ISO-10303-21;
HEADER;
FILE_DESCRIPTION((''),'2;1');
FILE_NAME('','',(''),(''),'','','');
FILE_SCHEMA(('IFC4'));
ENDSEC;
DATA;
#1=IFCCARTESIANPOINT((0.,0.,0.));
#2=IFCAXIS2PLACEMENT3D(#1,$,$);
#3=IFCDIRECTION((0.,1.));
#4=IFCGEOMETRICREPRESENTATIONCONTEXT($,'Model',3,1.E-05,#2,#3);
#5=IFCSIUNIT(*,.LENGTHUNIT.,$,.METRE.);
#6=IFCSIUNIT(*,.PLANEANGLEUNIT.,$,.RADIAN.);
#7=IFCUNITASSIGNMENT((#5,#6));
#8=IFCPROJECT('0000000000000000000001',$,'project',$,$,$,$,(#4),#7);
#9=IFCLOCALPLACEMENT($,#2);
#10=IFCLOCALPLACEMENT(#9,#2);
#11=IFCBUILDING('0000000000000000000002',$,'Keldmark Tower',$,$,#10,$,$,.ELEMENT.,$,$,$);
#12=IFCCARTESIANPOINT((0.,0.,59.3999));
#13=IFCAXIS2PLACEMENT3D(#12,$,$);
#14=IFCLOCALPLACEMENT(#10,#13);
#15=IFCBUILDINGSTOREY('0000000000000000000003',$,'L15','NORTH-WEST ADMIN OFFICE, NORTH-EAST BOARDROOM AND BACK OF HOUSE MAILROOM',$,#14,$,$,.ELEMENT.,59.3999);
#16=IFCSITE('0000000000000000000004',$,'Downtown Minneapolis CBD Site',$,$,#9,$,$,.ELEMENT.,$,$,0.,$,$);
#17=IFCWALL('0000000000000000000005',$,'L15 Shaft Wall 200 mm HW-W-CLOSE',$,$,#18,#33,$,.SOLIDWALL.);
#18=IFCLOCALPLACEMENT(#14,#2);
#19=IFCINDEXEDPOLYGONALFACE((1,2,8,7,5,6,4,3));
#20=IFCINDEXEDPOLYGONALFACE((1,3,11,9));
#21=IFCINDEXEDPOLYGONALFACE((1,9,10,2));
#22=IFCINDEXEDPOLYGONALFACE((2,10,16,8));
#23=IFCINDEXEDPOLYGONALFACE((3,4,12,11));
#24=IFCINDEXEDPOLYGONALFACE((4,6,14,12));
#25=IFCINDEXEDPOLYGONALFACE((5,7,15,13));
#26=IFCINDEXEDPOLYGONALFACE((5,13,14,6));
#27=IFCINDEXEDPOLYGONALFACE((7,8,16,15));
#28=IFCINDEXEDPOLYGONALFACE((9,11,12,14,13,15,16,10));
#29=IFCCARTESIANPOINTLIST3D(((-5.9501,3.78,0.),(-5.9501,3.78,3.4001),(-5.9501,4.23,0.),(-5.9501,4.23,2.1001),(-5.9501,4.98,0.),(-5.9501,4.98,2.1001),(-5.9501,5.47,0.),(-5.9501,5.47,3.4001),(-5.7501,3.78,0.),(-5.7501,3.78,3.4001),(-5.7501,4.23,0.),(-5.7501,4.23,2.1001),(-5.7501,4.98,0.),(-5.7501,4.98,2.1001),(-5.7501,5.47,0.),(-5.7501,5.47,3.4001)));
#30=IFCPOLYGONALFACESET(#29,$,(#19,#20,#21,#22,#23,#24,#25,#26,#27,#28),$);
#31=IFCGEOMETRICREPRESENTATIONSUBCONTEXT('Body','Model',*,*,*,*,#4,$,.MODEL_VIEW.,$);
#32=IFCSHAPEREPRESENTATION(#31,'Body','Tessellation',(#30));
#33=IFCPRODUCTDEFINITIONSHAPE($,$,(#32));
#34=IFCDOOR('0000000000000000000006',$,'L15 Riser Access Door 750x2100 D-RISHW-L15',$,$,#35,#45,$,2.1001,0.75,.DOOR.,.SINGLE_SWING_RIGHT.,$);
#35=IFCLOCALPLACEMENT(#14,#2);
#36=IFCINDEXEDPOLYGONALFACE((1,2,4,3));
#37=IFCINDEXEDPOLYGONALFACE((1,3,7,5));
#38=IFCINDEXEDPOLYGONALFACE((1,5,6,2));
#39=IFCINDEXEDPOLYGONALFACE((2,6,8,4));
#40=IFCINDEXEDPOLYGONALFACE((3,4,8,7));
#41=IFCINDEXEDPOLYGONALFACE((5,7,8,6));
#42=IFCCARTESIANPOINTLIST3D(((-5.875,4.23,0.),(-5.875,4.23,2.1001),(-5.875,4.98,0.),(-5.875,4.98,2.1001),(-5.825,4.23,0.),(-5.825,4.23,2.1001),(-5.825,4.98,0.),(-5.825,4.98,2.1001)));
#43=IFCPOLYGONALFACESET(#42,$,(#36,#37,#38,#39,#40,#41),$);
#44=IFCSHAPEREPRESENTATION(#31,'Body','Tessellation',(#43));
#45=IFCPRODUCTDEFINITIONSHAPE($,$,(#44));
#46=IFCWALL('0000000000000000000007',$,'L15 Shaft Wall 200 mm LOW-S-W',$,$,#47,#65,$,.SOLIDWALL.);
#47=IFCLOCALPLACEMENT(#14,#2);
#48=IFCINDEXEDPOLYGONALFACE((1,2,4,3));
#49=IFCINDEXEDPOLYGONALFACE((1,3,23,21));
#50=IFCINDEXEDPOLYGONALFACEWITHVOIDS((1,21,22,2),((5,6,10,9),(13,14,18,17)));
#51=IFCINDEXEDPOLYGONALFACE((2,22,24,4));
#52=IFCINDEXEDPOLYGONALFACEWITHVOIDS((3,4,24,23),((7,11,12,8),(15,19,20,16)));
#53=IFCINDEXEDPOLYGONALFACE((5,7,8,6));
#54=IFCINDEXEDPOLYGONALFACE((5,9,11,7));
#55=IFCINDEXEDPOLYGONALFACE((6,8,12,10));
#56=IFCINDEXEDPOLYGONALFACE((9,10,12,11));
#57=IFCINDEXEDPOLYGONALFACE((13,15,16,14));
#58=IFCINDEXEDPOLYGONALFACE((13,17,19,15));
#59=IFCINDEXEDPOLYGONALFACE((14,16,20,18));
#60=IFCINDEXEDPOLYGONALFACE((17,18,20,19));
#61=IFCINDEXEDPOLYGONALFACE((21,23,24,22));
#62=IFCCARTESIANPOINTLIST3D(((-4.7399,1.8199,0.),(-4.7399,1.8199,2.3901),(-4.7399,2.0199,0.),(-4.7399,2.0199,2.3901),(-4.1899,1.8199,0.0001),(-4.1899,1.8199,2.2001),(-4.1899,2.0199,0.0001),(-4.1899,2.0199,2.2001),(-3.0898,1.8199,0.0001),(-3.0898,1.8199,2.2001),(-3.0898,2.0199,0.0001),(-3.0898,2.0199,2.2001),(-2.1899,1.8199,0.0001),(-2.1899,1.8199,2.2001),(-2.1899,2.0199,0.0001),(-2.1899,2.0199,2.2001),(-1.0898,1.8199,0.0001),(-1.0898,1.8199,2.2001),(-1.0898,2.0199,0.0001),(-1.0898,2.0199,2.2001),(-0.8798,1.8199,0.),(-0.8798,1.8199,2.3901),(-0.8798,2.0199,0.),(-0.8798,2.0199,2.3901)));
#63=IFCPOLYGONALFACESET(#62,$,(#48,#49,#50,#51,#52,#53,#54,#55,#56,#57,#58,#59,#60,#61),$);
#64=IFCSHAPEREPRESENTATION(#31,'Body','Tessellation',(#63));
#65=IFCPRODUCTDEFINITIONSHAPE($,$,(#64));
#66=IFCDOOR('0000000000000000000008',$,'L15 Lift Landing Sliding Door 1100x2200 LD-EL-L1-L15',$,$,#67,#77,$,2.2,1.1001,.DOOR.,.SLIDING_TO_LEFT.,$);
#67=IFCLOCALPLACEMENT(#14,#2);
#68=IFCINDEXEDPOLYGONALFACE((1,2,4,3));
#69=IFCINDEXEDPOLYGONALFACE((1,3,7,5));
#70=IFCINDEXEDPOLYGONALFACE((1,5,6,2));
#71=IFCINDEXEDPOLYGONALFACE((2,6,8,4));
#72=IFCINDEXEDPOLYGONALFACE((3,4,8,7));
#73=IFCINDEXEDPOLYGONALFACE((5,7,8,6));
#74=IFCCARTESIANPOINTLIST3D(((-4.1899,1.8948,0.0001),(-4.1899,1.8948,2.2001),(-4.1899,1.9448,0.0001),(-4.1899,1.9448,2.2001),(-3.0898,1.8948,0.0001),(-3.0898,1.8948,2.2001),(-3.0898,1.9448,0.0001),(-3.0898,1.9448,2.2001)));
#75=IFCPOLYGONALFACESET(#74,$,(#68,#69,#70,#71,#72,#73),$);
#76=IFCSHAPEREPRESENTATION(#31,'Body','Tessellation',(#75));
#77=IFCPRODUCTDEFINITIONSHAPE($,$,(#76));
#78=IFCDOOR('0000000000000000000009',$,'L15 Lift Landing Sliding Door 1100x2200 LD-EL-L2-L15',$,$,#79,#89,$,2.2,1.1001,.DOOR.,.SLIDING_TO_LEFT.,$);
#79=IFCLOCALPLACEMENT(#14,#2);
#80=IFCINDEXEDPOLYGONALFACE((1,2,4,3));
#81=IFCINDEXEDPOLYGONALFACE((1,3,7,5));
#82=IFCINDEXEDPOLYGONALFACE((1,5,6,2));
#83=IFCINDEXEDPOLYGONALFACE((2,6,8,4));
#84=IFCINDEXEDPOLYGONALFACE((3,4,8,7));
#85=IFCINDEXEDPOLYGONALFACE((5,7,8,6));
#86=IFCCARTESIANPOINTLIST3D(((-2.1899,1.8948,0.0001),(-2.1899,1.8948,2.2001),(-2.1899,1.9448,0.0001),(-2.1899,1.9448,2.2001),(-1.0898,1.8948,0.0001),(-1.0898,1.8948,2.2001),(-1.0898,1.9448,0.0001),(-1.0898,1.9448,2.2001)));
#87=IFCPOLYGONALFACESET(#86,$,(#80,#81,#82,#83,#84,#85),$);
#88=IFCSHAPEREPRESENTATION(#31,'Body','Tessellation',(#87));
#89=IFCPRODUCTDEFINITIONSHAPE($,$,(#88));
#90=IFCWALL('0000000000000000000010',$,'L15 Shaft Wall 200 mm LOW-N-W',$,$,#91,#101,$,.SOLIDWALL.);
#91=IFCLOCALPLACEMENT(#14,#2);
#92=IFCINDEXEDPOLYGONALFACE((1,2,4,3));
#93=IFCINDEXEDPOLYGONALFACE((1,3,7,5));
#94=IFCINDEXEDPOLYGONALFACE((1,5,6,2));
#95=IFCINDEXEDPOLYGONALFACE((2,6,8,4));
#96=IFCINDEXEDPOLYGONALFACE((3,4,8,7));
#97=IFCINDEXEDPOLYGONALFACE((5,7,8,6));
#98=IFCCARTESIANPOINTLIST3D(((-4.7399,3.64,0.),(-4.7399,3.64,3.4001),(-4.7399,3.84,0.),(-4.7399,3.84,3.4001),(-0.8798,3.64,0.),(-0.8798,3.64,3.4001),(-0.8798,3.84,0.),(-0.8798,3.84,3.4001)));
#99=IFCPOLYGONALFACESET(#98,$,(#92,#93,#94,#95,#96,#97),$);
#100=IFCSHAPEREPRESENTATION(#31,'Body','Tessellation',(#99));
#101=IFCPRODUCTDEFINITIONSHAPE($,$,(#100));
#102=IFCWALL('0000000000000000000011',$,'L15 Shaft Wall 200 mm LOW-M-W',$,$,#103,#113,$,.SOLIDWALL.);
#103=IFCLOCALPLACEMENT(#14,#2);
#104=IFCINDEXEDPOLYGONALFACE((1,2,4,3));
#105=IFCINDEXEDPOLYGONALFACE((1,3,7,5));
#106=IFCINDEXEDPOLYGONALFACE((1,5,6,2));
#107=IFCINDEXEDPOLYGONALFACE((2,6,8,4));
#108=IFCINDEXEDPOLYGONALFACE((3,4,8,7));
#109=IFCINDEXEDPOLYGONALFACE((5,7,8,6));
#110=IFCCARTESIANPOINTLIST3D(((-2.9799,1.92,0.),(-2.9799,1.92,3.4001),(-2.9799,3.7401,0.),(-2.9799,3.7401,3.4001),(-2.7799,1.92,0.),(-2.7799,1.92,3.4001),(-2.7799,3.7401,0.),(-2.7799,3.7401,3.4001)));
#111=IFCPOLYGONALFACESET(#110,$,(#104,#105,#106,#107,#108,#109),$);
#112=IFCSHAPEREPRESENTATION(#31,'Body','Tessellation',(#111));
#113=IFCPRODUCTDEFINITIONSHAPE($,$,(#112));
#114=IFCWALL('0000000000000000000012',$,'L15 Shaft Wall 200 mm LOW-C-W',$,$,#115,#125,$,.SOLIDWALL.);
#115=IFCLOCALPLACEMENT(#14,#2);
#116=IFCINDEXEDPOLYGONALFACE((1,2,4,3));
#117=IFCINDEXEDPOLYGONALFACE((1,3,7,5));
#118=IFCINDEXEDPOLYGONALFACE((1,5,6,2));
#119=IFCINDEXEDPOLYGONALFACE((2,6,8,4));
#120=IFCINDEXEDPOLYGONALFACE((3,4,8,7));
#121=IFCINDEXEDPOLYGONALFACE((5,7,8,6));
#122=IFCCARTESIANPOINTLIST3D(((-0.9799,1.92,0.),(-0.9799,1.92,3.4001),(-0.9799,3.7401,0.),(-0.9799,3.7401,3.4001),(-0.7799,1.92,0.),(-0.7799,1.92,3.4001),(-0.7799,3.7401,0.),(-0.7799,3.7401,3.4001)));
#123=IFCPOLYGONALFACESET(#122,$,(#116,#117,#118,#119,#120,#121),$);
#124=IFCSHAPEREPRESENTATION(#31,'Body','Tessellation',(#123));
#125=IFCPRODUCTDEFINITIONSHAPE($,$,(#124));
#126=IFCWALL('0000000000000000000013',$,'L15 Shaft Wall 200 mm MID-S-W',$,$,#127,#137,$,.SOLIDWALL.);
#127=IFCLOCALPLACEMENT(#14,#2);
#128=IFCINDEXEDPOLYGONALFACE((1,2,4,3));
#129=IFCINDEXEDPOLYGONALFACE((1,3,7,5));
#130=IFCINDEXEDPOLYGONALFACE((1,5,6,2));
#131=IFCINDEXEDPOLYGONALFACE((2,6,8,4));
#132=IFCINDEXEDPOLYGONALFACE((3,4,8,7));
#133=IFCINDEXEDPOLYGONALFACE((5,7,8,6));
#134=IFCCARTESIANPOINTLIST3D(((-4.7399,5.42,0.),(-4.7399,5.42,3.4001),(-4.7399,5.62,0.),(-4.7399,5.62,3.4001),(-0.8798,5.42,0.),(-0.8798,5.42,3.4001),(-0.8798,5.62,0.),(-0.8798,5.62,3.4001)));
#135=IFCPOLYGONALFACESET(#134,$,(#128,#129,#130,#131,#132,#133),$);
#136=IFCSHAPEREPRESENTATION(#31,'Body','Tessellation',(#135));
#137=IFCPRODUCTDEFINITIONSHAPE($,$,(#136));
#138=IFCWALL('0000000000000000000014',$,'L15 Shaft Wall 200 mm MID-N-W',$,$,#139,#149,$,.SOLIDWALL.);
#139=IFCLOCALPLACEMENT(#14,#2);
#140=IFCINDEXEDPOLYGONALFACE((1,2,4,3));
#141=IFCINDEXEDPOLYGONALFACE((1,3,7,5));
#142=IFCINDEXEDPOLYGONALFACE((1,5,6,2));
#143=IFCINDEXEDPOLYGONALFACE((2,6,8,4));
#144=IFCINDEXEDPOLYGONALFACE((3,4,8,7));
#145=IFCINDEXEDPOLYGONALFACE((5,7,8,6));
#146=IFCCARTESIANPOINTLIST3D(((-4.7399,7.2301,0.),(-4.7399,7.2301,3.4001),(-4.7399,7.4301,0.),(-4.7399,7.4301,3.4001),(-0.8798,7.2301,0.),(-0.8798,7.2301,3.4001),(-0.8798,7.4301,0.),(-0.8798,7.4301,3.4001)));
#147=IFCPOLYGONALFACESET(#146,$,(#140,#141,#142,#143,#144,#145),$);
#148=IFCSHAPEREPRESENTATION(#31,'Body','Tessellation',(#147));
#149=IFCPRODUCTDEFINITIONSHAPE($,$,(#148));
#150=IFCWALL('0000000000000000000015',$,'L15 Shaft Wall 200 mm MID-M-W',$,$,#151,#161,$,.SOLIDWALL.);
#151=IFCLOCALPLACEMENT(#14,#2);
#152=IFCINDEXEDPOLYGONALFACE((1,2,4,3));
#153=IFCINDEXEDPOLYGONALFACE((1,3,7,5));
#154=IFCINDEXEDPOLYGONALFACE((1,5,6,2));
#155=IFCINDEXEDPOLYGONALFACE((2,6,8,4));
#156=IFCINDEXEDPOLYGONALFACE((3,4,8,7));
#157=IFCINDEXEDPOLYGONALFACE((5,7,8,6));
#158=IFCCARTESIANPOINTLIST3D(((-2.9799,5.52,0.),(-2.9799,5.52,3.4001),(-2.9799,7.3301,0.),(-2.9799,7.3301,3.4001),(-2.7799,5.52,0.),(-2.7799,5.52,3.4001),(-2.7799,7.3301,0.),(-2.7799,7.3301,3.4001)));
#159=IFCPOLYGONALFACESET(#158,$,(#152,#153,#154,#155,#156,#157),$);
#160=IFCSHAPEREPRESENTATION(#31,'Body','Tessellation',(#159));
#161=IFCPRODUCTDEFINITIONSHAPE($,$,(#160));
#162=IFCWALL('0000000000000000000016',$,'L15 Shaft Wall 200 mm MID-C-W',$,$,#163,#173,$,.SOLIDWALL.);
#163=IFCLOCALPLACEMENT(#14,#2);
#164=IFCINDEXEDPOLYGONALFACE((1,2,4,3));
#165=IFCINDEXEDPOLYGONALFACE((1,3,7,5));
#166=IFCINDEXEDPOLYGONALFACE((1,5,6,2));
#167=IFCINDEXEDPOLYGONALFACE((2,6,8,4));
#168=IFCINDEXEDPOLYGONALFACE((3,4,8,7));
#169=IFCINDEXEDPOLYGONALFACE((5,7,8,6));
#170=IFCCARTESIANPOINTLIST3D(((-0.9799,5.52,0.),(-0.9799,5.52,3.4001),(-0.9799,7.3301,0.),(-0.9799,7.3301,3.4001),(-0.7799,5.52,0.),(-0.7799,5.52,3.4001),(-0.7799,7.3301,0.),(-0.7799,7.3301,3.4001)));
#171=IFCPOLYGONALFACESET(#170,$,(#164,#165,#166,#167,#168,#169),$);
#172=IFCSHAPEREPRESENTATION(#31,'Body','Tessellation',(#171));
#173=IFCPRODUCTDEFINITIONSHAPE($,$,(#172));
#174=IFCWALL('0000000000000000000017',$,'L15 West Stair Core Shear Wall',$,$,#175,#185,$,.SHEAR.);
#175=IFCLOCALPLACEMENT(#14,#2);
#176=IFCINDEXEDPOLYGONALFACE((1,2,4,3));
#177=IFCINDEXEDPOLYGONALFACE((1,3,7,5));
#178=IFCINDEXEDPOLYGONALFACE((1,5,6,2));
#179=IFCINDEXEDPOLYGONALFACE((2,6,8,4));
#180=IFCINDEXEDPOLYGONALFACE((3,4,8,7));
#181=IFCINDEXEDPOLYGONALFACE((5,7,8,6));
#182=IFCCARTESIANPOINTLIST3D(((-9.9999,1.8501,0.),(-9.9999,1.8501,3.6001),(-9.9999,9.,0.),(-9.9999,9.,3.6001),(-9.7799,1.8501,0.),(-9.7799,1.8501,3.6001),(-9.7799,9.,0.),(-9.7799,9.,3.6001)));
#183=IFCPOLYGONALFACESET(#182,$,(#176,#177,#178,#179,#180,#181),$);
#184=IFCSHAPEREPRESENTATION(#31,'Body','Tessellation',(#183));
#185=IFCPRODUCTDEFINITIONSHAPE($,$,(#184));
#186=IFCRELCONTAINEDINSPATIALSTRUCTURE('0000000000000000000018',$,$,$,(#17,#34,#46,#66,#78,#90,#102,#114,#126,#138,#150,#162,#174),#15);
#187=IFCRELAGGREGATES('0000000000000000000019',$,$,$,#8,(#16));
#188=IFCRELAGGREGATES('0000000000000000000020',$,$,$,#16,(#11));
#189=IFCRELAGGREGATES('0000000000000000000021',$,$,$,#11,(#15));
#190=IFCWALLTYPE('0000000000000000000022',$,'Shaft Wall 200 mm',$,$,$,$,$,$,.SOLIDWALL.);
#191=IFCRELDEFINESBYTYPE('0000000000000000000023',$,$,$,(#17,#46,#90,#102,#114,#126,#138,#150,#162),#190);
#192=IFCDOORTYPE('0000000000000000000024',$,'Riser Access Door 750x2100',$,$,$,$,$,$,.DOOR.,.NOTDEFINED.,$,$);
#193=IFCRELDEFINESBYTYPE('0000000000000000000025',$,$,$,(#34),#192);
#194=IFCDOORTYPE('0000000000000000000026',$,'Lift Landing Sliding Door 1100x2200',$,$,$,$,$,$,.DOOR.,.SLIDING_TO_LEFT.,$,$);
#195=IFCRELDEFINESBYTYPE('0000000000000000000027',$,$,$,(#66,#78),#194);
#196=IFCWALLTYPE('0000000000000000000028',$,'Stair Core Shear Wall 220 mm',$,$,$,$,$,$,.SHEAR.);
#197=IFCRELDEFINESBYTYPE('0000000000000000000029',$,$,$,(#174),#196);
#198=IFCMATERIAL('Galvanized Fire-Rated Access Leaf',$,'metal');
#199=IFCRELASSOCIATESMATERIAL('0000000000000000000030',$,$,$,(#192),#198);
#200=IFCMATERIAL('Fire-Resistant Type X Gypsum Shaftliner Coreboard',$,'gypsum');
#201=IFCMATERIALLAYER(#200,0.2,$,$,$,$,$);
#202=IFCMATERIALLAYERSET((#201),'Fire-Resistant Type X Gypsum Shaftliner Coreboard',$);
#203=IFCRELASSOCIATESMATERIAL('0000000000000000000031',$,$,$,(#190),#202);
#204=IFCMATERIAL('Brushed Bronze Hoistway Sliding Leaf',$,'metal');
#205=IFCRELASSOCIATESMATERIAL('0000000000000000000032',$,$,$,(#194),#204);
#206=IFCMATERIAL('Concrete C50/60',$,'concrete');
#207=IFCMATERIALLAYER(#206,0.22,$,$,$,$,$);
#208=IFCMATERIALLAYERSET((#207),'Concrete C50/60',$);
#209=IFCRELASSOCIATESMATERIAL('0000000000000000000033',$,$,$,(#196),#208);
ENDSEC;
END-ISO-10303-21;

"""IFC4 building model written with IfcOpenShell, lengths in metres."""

from ifc_helpers import new_model, si_unit, direction, frame, frame_2d, origin, place, context, subcontext, project, spatial, rectangle, extrude, material, layer, layer_set, type_object, element, fill, save


model = new_model("IFC4")

# Units and contexts
model_context = context("Model", 3, precision=1e-05, world=origin(), true_north=direction((0.0, 1.0)))
body_context = subcontext(model_context, "Body", "Model", "MODEL_VIEW")
ifc_project = project(units=[si_unit("LENGTHUNIT", "METRE"), si_unit("PLANEANGLEUNIT", "RADIAN")], contexts=[model_context])

# Site, building, storey
site_placement = place(None, origin())
site = spatial("IfcSite", under=ifc_project, at=site_placement, Name="Downtown Minneapolis CBD Site", CompositionType="ELEMENT", RefElevation=0.0)
building_placement = place(site_placement, origin())
building = spatial("IfcBuilding", under=site, at=building_placement, Name="Keldmark Tower", CompositionType="ELEMENT")
storey_placement = place(building_placement, frame((0.0, 0.0, 59.3999)))
storey = spatial("IfcBuildingStorey", under=building, at=storey_placement, Name="L15", Description="NORTH-WEST ADMIN OFFICE, NORTH-EAST BOARDROOM AND BACK OF HOUSE MAILROOM", CompositionType="ELEMENT", Elevation=59.3999)

# Shared definitions
ifc_material_1 = material(Name="Galvanized Fire-Rated Access Leaf", Category="metal")
door_type_1 = type_object("IfcDoorType", Name="Riser Access Door 750x2100", OperationType="NOTDEFINED", PredefinedType="DOOR", material=ifc_material_1)

# Shared definitions
ifc_material_2 = material(Name="Fire-Resistant Type X Gypsum Shaftliner Coreboard", Category="gypsum")
ifc_layer_1 = layer(ifc_material_2, 0.2)
ifc_layer_set_1 = layer_set([ifc_layer_1], Name="Fire-Resistant Type X Gypsum Shaftliner Coreboard")
wall_type_1 = type_object("IfcWallType", Name="Shaft Wall 200 mm", PredefinedType="SOLIDWALL", material=ifc_layer_set_1)

# Wall, opening, door
wall_1_placement = place(storey_placement, frame((-5.8501, 3.78, 0.0), z_axis=(0.0, 0.0, 1.0), x_axis=(0.0, 1.0, 0.0)))
wall_1 = element("IfcWall", 1, at=wall_1_placement, inside=storey, type_object=wall_type_1, Name="L15 Shaft Wall 200 mm HW-W-CLOSE", PredefinedType="SOLIDWALL", context=body_context, shape_type="SweptSolid", body=[
    extrude(rectangle(XDim=1.6899, YDim=0.2, at=frame_2d((0.845, 0.0))), origin(), (0.0, 0.0, 1.0), 3.4001),
])
opening_1_placement = place(wall_1_placement, frame((0.45, 0.0, 0.0)))
opening_1 = element("IfcOpeningElement", 2, at=opening_1_placement, cuts=wall_1, PredefinedType="OPENING", context=body_context, shape_type="SweptSolid", body=[
    extrude(rectangle(XDim=0.75, YDim=2.1001, at=frame_2d((0.375, 1.05))), frame((0.0, 0.1099, 0.0), z_axis=(0.0, -1.0, 0.0), x_axis=(1.0, 0.0, 0.0)), (0.0, 0.0, 1.0), 0.22),
])
door_1_placement = place(opening_1_placement, origin())
door_1 = element("IfcDoor", 3, at=door_1_placement, inside=storey, type_object=door_type_1, Name="L15 Riser Access Door 750x2100 D-RISHW-L15", OperationType="SINGLE_SWING_RIGHT", OverallHeight=2.1001, OverallWidth=0.75, PredefinedType="DOOR", context=body_context, shape_type="SweptSolid", body=[
    extrude(rectangle(XDim=0.75, YDim=2.1001, at=frame_2d((0.375, 1.05))), frame((0.0, 0.0249, 0.0), z_axis=(0.0, -1.0, 0.0), x_axis=(1.0, 0.0, 0.0)), (0.0, 0.0, 1.0), 0.05),
])
fill(opening_1, door_1)

# Wall, openings, doors
wall_2_placement = place(storey_placement, frame((-4.74, 1.9199, 0.0), z_axis=(0.0, 0.0, 1.0), x_axis=(1.0, 0.0, 0.0)))
wall_2 = element("IfcWall", 4, at=wall_2_placement, inside=storey, type_object=wall_type_1, Name="L15 Shaft Wall 200 mm LOW-S-W", PredefinedType="SOLIDWALL", context=body_context, shape_type="SweptSolid", body=[
    extrude(rectangle(XDim=3.8601, YDim=0.2, at=frame_2d((1.9302, 0.0))), origin(), (0.0, 0.0, 1.0), 2.3901),
])
opening_2_placement = place(wall_2_placement, frame((0.55, 0.0, 0.0)))
opening_2 = element("IfcOpeningElement", 5, at=opening_2_placement, cuts=wall_2, PredefinedType="OPENING", context=body_context, shape_type="SweptSolid", body=[
    extrude(rectangle(XDim=1.1001, YDim=2.2, at=frame_2d((0.55, 1.1001))), frame((0.0, 0.1099, 0.0), z_axis=(0.0, -1.0, 0.0), x_axis=(1.0, 0.0, 0.0)), (0.0, 0.0, 1.0), 0.22),
])
opening_3_placement = place(wall_2_placement, frame((2.55, 0.0, 0.0)))
opening_3 = element("IfcOpeningElement", 6, at=opening_3_placement, cuts=wall_2, PredefinedType="OPENING", context=body_context, shape_type="SweptSolid", body=[
    extrude(rectangle(XDim=1.1001, YDim=2.2, at=frame_2d((0.55, 1.1001))), frame((0.0, 0.1099, 0.0), z_axis=(0.0, -1.0, 0.0), x_axis=(1.0, 0.0, 0.0)), (0.0, 0.0, 1.0), 0.22),
])
ifc_material_3 = material(Name="Brushed Bronze Hoistway Sliding Leaf", Category="metal")
door_type_2 = type_object("IfcDoorType", Name="Lift Landing Sliding Door 1100x2200", OperationType="SLIDING_TO_LEFT", PredefinedType="DOOR", material=ifc_material_3)
door_2_placement = place(opening_2_placement, origin())
door_2 = element("IfcDoor", 7, at=door_2_placement, inside=storey, type_object=door_type_2, Name="L15 Lift Landing Sliding Door 1100x2200 LD-EL-L1-L15", OperationType="SLIDING_TO_LEFT", OverallHeight=2.2, OverallWidth=1.1001, PredefinedType="DOOR", context=body_context, shape_type="SweptSolid", body=[
    extrude(rectangle(XDim=1.1001, YDim=2.2, at=frame_2d((0.55, 1.1001))), frame((0.0, 0.0249, 0.0), z_axis=(0.0, -1.0, 0.0), x_axis=(1.0, 0.0, 0.0)), (0.0, 0.0, 1.0), 0.05),
])
fill(opening_2, door_2)
door_3_placement = place(opening_3_placement, origin())
door_3 = element("IfcDoor", 8, at=door_3_placement, inside=storey, type_object=door_type_2, Name="L15 Lift Landing Sliding Door 1100x2200 LD-EL-L2-L15", OperationType="SLIDING_TO_LEFT", OverallHeight=2.2, OverallWidth=1.1001, PredefinedType="DOOR", context=body_context, shape_type="SweptSolid", body=[
    extrude(rectangle(XDim=1.1001, YDim=2.2, at=frame_2d((0.55, 1.1001))), frame((0.0, 0.0249, 0.0), z_axis=(0.0, -1.0, 0.0), x_axis=(1.0, 0.0, 0.0)), (0.0, 0.0, 1.0), 0.05),
])
fill(opening_3, door_3)

# Walls
wall_3_placement = place(storey_placement, frame((-4.74, 3.74, 0.0), z_axis=(0.0, 0.0, 1.0), x_axis=(1.0, 0.0, 0.0)))
element("IfcWall", 9, at=wall_3_placement, inside=storey, type_object=wall_type_1, Name="L15 Shaft Wall 200 mm LOW-N-W", PredefinedType="SOLIDWALL", context=body_context, shape_type="SweptSolid", body=[
    extrude(rectangle(XDim=3.8601, YDim=0.2, at=frame_2d((1.9302, 0.0))), origin(), (0.0, 0.0, 1.0), 3.4001),
])
for number, where, z_axis, x_axis, name in (
    (10, (-2.8799, 1.9199, 0.0), (0.0, 0.0, 1.0), (0.0, 1.0, 0.0), "L15 Shaft Wall 200 mm LOW-M-W"),
    (11, (-0.8799, 1.9199, 0.0), (0.0, 0.0, 1.0), (0.0, 1.0, 0.0), "L15 Shaft Wall 200 mm LOW-C-W"),
):
    element("IfcWall", number, at=place(storey_placement, frame(where, z_axis=z_axis, x_axis=x_axis)), inside=storey, type_object=wall_type_1, Name=name, PredefinedType="SOLIDWALL", context=body_context, shape_type="SweptSolid", body=[
        extrude(rectangle(XDim=1.8201, YDim=0.2, at=frame_2d((0.9102, 0.0))), origin(), (0.0, 0.0, 1.0), 3.4001),
    ])
for number, where, z_axis, x_axis, name in (
    (12, (-4.74, 5.52, 0.0), (0.0, 0.0, 1.0), (1.0, 0.0, 0.0), "L15 Shaft Wall 200 mm MID-S-W"),
    (13, (-4.74, 7.3301, 0.0), (0.0, 0.0, 1.0), (1.0, 0.0, 0.0), "L15 Shaft Wall 200 mm MID-N-W"),
):
    element("IfcWall", number, at=place(storey_placement, frame(where, z_axis=z_axis, x_axis=x_axis)), inside=storey, type_object=wall_type_1, Name=name, PredefinedType="SOLIDWALL", context=body_context, shape_type="SweptSolid", body=[
        extrude(rectangle(XDim=3.8601, YDim=0.2, at=frame_2d((1.9302, 0.0))), origin(), (0.0, 0.0, 1.0), 3.4001),
    ])
for number, where, z_axis, x_axis, name in (
    (14, (-2.8799, 5.52, 0.0), (0.0, 0.0, 1.0), (0.0, 1.0, 0.0), "L15 Shaft Wall 200 mm MID-M-W"),
    (15, (-0.8799, 5.52, 0.0), (0.0, 0.0, 1.0), (0.0, 1.0, 0.0), "L15 Shaft Wall 200 mm MID-C-W"),
):
    element("IfcWall", number, at=place(storey_placement, frame(where, z_axis=z_axis, x_axis=x_axis)), inside=storey, type_object=wall_type_1, Name=name, PredefinedType="SOLIDWALL", context=body_context, shape_type="SweptSolid", body=[
        extrude(rectangle(XDim=1.8101, YDim=0.2, at=frame_2d((0.905, 0.0))), origin(), (0.0, 0.0, 1.0), 3.4001),
    ])
ifc_material_4 = material(Name="Concrete C50/60", Category="concrete")
ifc_layer_2 = layer(ifc_material_4, 0.22)
ifc_layer_set_2 = layer_set([ifc_layer_2], Name="Concrete C50/60")
wall_type_2 = type_object("IfcWallType", Name="Stair Core Shear Wall 220 mm", PredefinedType="SHEAR", material=ifc_layer_set_2)
wall_4_placement = place(storey_placement, frame((-9.8899, 1.8501, 0.0), z_axis=(0.0, 0.0, 1.0), x_axis=(0.0, 1.0, 0.0)))
element("IfcWall", 16, at=wall_4_placement, inside=storey, type_object=wall_type_2, Name="L15 West Stair Core Shear Wall", PredefinedType="SHEAR", context=body_context, shape_type="SweptSolid", body=[
    extrude(rectangle(XDim=7.1499, YDim=0.22, at=frame_2d((3.575, 0.0))), origin(), (0.0, 0.0, 1.0), 3.6001),
])

save(model, "model.ifc")
